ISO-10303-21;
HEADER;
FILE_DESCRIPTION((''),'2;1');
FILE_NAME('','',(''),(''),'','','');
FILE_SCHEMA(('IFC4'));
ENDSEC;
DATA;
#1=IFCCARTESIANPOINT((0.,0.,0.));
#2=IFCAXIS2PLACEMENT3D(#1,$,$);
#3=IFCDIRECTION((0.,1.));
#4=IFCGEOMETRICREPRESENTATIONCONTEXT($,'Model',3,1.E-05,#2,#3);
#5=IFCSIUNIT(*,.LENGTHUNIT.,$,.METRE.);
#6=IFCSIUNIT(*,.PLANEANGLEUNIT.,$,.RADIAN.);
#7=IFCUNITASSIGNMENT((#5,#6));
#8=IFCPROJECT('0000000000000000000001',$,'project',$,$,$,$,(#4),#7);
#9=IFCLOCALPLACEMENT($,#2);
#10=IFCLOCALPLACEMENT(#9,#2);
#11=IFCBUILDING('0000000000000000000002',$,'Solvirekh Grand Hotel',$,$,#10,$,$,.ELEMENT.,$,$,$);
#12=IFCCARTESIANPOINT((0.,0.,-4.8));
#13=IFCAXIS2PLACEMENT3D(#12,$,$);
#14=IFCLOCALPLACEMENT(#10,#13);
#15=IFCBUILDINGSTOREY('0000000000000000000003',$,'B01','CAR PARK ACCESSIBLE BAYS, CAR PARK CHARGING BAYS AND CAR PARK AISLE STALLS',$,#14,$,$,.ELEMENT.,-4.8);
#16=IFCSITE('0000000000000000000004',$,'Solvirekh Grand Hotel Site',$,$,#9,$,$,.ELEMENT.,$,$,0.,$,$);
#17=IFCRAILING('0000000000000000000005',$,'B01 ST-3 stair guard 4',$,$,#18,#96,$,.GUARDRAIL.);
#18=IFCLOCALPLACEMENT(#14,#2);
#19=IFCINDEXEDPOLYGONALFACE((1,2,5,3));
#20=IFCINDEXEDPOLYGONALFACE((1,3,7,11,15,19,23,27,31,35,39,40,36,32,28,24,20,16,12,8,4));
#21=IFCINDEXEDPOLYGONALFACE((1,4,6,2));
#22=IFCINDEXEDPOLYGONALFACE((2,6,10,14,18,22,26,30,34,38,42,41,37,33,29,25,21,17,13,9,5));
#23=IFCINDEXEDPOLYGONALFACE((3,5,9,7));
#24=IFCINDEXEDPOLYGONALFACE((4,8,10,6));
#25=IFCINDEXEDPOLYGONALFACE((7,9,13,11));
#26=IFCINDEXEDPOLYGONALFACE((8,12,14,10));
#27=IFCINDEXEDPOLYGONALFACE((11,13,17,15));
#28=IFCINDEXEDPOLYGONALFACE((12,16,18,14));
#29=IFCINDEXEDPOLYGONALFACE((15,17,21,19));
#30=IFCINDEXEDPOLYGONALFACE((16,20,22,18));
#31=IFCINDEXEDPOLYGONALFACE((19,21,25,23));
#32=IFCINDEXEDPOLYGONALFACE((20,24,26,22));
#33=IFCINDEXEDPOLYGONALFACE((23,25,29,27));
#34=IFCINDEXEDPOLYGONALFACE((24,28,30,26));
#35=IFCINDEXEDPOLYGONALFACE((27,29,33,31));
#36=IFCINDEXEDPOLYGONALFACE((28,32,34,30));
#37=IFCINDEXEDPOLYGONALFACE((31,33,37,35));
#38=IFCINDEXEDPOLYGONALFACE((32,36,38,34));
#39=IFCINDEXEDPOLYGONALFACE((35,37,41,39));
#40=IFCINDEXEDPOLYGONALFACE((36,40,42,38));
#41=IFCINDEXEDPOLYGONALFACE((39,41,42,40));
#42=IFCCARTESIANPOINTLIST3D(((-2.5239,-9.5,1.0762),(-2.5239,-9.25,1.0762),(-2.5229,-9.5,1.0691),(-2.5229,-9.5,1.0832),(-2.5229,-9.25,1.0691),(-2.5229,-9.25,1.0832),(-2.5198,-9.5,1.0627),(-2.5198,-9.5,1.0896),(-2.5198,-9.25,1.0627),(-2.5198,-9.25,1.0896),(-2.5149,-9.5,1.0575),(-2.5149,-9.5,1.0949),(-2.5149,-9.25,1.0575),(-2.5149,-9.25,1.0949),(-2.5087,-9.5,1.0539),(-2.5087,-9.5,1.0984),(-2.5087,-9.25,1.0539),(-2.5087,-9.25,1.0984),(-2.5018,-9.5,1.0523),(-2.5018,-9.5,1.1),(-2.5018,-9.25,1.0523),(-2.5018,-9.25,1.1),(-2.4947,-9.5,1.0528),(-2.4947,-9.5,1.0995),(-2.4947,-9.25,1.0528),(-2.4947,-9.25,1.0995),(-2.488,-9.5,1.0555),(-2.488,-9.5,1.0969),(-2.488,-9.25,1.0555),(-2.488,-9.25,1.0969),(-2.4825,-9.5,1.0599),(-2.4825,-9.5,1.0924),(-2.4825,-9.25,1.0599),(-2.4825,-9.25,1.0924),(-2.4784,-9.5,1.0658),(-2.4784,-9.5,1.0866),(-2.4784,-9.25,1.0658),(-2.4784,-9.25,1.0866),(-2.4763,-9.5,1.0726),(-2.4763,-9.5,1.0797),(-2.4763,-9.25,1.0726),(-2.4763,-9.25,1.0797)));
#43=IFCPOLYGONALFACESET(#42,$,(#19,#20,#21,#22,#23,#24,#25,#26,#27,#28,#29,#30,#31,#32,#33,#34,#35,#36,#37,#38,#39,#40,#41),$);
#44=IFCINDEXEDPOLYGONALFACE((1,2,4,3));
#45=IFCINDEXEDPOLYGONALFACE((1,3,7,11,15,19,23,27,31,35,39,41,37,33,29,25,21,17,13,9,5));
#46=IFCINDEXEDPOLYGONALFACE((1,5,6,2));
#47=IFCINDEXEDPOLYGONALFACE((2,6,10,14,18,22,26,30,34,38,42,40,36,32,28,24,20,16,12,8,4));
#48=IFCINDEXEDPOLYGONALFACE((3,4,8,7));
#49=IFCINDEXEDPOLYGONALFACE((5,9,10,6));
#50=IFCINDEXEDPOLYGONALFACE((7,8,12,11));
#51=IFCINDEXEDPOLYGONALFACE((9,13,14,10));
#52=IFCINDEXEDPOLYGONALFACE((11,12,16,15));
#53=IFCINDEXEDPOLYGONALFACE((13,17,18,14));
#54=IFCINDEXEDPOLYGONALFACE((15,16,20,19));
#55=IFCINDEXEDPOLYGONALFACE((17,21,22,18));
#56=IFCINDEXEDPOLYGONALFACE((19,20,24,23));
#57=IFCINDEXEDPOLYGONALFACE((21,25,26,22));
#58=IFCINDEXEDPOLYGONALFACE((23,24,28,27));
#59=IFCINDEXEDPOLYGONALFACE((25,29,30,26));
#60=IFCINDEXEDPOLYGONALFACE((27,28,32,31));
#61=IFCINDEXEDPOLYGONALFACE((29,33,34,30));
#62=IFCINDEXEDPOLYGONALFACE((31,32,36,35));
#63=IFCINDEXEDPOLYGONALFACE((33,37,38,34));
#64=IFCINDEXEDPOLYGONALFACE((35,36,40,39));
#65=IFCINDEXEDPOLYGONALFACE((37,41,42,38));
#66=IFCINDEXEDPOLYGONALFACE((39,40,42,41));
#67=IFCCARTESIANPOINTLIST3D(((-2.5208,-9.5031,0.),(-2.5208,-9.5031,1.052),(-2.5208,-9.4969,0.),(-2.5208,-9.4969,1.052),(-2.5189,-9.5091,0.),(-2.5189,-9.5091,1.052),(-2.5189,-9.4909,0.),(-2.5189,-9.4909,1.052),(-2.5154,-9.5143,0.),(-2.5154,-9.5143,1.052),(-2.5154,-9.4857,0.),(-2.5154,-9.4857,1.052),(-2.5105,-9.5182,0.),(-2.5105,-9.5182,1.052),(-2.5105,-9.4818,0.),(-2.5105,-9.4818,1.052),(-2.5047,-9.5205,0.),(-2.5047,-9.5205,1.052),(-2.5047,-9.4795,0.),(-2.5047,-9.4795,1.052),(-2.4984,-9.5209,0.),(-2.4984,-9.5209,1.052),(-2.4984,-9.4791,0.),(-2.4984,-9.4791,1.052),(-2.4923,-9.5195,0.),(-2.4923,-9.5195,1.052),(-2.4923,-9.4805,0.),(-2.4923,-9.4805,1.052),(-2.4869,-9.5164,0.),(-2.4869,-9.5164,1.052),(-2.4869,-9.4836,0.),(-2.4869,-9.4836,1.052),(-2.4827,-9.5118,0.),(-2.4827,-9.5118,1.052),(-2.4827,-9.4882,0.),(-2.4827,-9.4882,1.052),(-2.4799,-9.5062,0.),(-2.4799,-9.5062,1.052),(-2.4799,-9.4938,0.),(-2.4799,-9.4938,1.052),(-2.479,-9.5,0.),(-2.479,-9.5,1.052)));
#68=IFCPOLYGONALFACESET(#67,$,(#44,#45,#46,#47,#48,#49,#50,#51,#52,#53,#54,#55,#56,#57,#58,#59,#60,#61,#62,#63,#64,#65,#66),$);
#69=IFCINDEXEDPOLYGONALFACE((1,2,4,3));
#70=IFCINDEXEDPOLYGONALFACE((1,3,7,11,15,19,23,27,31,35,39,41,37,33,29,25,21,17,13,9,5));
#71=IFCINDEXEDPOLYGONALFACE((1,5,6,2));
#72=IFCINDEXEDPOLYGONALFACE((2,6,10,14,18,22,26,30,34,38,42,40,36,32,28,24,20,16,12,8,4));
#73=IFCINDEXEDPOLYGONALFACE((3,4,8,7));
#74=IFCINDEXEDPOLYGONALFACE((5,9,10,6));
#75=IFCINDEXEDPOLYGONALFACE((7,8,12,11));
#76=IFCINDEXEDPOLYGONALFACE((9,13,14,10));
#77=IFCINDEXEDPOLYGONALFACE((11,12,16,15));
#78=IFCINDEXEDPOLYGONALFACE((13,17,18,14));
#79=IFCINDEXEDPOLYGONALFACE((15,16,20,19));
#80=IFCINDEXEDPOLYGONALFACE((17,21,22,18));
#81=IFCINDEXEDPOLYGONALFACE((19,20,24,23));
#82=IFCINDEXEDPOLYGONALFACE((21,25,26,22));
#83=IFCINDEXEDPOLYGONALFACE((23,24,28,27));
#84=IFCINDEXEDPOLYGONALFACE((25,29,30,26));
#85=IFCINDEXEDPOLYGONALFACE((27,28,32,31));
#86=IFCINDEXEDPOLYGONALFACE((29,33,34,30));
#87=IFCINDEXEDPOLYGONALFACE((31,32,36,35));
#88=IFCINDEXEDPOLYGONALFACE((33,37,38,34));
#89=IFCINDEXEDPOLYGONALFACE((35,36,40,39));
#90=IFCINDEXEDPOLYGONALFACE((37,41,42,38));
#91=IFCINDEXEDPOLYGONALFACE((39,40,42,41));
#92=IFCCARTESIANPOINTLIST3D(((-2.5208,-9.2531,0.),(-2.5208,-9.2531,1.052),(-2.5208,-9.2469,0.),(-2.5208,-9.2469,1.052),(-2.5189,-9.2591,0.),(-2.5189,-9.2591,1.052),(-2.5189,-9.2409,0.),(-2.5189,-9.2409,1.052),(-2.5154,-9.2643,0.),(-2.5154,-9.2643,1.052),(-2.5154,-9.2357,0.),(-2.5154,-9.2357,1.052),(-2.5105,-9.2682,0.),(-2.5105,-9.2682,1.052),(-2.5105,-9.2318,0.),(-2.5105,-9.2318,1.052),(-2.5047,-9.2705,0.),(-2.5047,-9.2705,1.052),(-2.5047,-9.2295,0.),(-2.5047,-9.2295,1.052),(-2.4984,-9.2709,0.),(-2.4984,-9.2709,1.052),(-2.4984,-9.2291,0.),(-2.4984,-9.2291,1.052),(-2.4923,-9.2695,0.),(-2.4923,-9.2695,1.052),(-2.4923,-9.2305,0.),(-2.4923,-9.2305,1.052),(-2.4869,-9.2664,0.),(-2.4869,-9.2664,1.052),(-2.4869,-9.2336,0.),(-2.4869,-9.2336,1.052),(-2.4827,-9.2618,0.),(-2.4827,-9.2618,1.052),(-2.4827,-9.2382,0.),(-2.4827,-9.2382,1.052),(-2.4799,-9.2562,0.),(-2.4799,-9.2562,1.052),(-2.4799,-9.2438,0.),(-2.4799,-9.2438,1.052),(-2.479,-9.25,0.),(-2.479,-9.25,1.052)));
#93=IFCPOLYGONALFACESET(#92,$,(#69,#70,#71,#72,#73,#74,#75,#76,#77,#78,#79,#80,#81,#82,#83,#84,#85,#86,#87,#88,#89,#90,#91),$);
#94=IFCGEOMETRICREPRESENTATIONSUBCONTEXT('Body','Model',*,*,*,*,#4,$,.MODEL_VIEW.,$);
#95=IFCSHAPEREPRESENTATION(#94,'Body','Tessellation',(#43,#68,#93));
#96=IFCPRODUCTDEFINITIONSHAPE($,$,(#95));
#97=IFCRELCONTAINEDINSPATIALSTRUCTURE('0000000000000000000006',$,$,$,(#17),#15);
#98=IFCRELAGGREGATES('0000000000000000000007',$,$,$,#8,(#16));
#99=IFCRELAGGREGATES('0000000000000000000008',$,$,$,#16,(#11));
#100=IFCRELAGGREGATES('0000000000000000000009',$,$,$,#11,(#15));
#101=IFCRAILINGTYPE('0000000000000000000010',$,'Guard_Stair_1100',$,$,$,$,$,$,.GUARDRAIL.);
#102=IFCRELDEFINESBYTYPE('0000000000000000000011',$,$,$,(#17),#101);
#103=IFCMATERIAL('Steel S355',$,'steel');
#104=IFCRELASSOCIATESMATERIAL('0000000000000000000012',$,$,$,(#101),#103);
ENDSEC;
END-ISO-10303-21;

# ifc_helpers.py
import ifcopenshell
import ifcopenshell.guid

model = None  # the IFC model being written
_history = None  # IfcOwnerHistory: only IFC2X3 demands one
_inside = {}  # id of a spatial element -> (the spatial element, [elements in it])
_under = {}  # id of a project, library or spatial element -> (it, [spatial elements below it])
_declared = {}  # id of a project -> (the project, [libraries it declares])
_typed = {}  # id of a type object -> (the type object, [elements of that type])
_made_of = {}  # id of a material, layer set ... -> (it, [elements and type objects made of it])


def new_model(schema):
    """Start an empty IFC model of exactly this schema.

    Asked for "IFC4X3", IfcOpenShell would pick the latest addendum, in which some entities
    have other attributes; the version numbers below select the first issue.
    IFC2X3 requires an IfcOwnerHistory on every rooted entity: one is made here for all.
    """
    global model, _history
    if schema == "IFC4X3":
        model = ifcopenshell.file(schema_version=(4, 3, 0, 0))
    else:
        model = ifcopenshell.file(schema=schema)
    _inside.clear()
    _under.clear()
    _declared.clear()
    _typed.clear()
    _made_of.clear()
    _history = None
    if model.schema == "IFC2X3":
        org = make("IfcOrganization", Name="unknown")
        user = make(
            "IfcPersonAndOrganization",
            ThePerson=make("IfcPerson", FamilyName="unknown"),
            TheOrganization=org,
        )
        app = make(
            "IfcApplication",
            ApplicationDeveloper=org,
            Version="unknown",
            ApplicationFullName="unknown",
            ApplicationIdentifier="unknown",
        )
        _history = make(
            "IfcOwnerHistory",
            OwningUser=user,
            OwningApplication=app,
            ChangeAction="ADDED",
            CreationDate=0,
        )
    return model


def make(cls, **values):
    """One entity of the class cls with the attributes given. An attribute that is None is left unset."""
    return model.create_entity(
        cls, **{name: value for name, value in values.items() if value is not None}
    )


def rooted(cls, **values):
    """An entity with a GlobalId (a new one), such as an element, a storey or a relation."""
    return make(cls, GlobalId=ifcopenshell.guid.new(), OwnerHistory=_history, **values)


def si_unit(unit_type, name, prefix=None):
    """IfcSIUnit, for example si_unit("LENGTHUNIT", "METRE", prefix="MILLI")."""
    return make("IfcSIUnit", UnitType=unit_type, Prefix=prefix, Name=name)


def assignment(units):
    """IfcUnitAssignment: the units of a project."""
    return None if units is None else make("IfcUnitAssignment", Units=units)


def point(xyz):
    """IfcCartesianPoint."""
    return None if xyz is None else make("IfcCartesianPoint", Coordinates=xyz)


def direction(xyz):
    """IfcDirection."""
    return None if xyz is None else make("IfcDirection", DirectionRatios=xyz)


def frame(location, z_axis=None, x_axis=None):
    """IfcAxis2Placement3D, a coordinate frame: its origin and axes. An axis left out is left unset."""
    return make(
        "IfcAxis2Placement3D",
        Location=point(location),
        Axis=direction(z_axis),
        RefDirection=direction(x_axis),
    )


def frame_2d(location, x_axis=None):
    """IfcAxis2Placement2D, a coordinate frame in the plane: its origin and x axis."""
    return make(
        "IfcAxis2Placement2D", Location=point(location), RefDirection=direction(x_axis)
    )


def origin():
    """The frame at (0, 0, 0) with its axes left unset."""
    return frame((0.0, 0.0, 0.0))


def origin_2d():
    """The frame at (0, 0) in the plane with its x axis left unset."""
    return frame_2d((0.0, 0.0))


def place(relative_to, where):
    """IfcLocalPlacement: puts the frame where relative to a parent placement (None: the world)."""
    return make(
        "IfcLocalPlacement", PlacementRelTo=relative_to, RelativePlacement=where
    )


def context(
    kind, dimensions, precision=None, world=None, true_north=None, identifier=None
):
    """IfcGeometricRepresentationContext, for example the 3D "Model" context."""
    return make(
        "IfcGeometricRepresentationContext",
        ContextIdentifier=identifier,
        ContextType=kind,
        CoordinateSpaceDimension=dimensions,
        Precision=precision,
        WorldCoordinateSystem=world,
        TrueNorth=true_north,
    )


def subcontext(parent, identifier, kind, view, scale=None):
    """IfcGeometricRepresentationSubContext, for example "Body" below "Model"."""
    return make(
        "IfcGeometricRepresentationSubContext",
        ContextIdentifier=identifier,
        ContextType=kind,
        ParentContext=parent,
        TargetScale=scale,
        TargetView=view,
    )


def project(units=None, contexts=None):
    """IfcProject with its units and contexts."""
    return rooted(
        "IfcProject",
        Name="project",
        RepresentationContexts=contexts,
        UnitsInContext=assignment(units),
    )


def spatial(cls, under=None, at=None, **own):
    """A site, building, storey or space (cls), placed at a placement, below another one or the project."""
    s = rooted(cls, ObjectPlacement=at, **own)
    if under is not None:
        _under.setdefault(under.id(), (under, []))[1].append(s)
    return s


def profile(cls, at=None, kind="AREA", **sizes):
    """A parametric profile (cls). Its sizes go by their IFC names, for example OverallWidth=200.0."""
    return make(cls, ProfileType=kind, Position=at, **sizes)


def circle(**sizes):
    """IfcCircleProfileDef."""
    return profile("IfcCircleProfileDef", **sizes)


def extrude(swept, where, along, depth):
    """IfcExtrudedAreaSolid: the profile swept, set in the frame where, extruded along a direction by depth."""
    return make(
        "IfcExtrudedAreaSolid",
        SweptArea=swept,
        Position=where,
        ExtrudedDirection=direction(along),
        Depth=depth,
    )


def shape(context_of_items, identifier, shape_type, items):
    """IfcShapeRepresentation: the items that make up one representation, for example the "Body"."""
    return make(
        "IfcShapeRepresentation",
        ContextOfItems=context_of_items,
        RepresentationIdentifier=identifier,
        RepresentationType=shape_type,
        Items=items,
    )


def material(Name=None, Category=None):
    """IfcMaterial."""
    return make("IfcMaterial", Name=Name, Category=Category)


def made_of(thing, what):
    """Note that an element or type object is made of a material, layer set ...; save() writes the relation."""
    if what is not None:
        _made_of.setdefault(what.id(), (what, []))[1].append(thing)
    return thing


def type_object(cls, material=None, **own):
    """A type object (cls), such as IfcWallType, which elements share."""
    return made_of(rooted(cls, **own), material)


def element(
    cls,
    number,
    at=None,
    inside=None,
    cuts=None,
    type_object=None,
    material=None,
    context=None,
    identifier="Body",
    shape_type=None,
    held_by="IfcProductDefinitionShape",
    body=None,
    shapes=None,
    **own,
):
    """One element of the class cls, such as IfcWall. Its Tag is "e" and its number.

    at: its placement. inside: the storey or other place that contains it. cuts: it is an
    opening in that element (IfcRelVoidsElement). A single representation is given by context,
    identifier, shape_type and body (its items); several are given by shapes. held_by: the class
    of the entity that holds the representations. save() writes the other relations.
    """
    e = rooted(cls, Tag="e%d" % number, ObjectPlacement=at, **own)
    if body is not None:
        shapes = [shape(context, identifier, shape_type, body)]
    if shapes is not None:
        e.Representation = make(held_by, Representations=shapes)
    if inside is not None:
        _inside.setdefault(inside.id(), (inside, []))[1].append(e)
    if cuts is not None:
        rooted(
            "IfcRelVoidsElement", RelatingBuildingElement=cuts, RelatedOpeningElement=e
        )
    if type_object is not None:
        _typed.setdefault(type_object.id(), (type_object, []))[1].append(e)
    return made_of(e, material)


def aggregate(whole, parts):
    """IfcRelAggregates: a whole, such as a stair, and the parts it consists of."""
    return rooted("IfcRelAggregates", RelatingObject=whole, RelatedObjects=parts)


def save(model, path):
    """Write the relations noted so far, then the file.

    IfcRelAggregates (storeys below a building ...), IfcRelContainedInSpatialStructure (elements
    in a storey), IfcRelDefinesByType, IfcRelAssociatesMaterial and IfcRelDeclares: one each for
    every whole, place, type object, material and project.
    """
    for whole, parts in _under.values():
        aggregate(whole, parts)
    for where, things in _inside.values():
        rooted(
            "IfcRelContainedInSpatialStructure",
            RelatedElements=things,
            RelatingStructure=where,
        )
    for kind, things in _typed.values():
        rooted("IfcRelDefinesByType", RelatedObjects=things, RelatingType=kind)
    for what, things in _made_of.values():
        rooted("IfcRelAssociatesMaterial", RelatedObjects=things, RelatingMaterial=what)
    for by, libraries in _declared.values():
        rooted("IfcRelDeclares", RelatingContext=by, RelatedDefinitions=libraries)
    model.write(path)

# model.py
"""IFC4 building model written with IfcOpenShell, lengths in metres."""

from ifc_helpers import new_model, si_unit, direction, frame, origin, origin_2d, place, context, subcontext, project, spatial, circle, extrude, material, type_object, element, save


model = new_model("IFC4")

# Units and contexts
model_context = context("Model", 3, precision=1e-05, world=origin(), true_north=direction((0.0, 1.0)))
body_context = subcontext(model_context, "Body", "Model", "MODEL_VIEW")
ifc_project = project(units=[si_unit("LENGTHUNIT", "METRE"), si_unit("PLANEANGLEUNIT", "RADIAN")], contexts=[model_context])

# Site, building, storey
site_placement = place(None, origin())
site = spatial("IfcSite", under=ifc_project, at=site_placement, Name="Solvirekh Grand Hotel Site", CompositionType="ELEMENT", RefElevation=0.0)
building_placement = place(site_placement, origin())
building = spatial("IfcBuilding", under=site, at=building_placement, Name="Solvirekh Grand Hotel", CompositionType="ELEMENT")
storey_placement = place(building_placement, frame((0.0, 0.0, -4.8)))
storey = spatial("IfcBuildingStorey", under=building, at=storey_placement, Name="B01", Description="CAR PARK ACCESSIBLE BAYS, CAR PARK CHARGING BAYS AND CAR PARK AISLE STALLS", CompositionType="ELEMENT", Elevation=-4.8)

# Shared definitions
ifc_material_1 = material(Name="Steel S355", Category="steel")

# Railing
railing_type_1 = type_object("IfcRailingType", Name="Guard_Stair_1100", PredefinedType="GUARDRAIL", material=ifc_material_1)
railing_1_placement = place(storey_placement, frame((-2.5, -9.5, 0.0)))
element("IfcRailing", 1, at=railing_1_placement, inside=storey, type_object=railing_type_1, Name="B01 ST-3 stair guard 4", PredefinedType="GUARDRAIL", context=body_context, shape_type="SweptSolid", body=[
    extrude(circle(Radius=0.0239, at=origin_2d()), frame((0.0, 0.0, 1.0762), z_axis=(0.0, 1.0, 0.0), x_axis=(-1.0, 0.0, 0.0)), (0.0, 0.0, 1.0), 0.25),
    extrude(circle(Radius=0.021, at=origin_2d()), origin(), (0.0, 0.0, 1.0), 1.052),
    extrude(circle(Radius=0.021, at=origin_2d()), frame((0.0, 0.25, 0.0)), (0.0, 0.0, 1.0), 1.052),
])

save(model, "model.ifc")
